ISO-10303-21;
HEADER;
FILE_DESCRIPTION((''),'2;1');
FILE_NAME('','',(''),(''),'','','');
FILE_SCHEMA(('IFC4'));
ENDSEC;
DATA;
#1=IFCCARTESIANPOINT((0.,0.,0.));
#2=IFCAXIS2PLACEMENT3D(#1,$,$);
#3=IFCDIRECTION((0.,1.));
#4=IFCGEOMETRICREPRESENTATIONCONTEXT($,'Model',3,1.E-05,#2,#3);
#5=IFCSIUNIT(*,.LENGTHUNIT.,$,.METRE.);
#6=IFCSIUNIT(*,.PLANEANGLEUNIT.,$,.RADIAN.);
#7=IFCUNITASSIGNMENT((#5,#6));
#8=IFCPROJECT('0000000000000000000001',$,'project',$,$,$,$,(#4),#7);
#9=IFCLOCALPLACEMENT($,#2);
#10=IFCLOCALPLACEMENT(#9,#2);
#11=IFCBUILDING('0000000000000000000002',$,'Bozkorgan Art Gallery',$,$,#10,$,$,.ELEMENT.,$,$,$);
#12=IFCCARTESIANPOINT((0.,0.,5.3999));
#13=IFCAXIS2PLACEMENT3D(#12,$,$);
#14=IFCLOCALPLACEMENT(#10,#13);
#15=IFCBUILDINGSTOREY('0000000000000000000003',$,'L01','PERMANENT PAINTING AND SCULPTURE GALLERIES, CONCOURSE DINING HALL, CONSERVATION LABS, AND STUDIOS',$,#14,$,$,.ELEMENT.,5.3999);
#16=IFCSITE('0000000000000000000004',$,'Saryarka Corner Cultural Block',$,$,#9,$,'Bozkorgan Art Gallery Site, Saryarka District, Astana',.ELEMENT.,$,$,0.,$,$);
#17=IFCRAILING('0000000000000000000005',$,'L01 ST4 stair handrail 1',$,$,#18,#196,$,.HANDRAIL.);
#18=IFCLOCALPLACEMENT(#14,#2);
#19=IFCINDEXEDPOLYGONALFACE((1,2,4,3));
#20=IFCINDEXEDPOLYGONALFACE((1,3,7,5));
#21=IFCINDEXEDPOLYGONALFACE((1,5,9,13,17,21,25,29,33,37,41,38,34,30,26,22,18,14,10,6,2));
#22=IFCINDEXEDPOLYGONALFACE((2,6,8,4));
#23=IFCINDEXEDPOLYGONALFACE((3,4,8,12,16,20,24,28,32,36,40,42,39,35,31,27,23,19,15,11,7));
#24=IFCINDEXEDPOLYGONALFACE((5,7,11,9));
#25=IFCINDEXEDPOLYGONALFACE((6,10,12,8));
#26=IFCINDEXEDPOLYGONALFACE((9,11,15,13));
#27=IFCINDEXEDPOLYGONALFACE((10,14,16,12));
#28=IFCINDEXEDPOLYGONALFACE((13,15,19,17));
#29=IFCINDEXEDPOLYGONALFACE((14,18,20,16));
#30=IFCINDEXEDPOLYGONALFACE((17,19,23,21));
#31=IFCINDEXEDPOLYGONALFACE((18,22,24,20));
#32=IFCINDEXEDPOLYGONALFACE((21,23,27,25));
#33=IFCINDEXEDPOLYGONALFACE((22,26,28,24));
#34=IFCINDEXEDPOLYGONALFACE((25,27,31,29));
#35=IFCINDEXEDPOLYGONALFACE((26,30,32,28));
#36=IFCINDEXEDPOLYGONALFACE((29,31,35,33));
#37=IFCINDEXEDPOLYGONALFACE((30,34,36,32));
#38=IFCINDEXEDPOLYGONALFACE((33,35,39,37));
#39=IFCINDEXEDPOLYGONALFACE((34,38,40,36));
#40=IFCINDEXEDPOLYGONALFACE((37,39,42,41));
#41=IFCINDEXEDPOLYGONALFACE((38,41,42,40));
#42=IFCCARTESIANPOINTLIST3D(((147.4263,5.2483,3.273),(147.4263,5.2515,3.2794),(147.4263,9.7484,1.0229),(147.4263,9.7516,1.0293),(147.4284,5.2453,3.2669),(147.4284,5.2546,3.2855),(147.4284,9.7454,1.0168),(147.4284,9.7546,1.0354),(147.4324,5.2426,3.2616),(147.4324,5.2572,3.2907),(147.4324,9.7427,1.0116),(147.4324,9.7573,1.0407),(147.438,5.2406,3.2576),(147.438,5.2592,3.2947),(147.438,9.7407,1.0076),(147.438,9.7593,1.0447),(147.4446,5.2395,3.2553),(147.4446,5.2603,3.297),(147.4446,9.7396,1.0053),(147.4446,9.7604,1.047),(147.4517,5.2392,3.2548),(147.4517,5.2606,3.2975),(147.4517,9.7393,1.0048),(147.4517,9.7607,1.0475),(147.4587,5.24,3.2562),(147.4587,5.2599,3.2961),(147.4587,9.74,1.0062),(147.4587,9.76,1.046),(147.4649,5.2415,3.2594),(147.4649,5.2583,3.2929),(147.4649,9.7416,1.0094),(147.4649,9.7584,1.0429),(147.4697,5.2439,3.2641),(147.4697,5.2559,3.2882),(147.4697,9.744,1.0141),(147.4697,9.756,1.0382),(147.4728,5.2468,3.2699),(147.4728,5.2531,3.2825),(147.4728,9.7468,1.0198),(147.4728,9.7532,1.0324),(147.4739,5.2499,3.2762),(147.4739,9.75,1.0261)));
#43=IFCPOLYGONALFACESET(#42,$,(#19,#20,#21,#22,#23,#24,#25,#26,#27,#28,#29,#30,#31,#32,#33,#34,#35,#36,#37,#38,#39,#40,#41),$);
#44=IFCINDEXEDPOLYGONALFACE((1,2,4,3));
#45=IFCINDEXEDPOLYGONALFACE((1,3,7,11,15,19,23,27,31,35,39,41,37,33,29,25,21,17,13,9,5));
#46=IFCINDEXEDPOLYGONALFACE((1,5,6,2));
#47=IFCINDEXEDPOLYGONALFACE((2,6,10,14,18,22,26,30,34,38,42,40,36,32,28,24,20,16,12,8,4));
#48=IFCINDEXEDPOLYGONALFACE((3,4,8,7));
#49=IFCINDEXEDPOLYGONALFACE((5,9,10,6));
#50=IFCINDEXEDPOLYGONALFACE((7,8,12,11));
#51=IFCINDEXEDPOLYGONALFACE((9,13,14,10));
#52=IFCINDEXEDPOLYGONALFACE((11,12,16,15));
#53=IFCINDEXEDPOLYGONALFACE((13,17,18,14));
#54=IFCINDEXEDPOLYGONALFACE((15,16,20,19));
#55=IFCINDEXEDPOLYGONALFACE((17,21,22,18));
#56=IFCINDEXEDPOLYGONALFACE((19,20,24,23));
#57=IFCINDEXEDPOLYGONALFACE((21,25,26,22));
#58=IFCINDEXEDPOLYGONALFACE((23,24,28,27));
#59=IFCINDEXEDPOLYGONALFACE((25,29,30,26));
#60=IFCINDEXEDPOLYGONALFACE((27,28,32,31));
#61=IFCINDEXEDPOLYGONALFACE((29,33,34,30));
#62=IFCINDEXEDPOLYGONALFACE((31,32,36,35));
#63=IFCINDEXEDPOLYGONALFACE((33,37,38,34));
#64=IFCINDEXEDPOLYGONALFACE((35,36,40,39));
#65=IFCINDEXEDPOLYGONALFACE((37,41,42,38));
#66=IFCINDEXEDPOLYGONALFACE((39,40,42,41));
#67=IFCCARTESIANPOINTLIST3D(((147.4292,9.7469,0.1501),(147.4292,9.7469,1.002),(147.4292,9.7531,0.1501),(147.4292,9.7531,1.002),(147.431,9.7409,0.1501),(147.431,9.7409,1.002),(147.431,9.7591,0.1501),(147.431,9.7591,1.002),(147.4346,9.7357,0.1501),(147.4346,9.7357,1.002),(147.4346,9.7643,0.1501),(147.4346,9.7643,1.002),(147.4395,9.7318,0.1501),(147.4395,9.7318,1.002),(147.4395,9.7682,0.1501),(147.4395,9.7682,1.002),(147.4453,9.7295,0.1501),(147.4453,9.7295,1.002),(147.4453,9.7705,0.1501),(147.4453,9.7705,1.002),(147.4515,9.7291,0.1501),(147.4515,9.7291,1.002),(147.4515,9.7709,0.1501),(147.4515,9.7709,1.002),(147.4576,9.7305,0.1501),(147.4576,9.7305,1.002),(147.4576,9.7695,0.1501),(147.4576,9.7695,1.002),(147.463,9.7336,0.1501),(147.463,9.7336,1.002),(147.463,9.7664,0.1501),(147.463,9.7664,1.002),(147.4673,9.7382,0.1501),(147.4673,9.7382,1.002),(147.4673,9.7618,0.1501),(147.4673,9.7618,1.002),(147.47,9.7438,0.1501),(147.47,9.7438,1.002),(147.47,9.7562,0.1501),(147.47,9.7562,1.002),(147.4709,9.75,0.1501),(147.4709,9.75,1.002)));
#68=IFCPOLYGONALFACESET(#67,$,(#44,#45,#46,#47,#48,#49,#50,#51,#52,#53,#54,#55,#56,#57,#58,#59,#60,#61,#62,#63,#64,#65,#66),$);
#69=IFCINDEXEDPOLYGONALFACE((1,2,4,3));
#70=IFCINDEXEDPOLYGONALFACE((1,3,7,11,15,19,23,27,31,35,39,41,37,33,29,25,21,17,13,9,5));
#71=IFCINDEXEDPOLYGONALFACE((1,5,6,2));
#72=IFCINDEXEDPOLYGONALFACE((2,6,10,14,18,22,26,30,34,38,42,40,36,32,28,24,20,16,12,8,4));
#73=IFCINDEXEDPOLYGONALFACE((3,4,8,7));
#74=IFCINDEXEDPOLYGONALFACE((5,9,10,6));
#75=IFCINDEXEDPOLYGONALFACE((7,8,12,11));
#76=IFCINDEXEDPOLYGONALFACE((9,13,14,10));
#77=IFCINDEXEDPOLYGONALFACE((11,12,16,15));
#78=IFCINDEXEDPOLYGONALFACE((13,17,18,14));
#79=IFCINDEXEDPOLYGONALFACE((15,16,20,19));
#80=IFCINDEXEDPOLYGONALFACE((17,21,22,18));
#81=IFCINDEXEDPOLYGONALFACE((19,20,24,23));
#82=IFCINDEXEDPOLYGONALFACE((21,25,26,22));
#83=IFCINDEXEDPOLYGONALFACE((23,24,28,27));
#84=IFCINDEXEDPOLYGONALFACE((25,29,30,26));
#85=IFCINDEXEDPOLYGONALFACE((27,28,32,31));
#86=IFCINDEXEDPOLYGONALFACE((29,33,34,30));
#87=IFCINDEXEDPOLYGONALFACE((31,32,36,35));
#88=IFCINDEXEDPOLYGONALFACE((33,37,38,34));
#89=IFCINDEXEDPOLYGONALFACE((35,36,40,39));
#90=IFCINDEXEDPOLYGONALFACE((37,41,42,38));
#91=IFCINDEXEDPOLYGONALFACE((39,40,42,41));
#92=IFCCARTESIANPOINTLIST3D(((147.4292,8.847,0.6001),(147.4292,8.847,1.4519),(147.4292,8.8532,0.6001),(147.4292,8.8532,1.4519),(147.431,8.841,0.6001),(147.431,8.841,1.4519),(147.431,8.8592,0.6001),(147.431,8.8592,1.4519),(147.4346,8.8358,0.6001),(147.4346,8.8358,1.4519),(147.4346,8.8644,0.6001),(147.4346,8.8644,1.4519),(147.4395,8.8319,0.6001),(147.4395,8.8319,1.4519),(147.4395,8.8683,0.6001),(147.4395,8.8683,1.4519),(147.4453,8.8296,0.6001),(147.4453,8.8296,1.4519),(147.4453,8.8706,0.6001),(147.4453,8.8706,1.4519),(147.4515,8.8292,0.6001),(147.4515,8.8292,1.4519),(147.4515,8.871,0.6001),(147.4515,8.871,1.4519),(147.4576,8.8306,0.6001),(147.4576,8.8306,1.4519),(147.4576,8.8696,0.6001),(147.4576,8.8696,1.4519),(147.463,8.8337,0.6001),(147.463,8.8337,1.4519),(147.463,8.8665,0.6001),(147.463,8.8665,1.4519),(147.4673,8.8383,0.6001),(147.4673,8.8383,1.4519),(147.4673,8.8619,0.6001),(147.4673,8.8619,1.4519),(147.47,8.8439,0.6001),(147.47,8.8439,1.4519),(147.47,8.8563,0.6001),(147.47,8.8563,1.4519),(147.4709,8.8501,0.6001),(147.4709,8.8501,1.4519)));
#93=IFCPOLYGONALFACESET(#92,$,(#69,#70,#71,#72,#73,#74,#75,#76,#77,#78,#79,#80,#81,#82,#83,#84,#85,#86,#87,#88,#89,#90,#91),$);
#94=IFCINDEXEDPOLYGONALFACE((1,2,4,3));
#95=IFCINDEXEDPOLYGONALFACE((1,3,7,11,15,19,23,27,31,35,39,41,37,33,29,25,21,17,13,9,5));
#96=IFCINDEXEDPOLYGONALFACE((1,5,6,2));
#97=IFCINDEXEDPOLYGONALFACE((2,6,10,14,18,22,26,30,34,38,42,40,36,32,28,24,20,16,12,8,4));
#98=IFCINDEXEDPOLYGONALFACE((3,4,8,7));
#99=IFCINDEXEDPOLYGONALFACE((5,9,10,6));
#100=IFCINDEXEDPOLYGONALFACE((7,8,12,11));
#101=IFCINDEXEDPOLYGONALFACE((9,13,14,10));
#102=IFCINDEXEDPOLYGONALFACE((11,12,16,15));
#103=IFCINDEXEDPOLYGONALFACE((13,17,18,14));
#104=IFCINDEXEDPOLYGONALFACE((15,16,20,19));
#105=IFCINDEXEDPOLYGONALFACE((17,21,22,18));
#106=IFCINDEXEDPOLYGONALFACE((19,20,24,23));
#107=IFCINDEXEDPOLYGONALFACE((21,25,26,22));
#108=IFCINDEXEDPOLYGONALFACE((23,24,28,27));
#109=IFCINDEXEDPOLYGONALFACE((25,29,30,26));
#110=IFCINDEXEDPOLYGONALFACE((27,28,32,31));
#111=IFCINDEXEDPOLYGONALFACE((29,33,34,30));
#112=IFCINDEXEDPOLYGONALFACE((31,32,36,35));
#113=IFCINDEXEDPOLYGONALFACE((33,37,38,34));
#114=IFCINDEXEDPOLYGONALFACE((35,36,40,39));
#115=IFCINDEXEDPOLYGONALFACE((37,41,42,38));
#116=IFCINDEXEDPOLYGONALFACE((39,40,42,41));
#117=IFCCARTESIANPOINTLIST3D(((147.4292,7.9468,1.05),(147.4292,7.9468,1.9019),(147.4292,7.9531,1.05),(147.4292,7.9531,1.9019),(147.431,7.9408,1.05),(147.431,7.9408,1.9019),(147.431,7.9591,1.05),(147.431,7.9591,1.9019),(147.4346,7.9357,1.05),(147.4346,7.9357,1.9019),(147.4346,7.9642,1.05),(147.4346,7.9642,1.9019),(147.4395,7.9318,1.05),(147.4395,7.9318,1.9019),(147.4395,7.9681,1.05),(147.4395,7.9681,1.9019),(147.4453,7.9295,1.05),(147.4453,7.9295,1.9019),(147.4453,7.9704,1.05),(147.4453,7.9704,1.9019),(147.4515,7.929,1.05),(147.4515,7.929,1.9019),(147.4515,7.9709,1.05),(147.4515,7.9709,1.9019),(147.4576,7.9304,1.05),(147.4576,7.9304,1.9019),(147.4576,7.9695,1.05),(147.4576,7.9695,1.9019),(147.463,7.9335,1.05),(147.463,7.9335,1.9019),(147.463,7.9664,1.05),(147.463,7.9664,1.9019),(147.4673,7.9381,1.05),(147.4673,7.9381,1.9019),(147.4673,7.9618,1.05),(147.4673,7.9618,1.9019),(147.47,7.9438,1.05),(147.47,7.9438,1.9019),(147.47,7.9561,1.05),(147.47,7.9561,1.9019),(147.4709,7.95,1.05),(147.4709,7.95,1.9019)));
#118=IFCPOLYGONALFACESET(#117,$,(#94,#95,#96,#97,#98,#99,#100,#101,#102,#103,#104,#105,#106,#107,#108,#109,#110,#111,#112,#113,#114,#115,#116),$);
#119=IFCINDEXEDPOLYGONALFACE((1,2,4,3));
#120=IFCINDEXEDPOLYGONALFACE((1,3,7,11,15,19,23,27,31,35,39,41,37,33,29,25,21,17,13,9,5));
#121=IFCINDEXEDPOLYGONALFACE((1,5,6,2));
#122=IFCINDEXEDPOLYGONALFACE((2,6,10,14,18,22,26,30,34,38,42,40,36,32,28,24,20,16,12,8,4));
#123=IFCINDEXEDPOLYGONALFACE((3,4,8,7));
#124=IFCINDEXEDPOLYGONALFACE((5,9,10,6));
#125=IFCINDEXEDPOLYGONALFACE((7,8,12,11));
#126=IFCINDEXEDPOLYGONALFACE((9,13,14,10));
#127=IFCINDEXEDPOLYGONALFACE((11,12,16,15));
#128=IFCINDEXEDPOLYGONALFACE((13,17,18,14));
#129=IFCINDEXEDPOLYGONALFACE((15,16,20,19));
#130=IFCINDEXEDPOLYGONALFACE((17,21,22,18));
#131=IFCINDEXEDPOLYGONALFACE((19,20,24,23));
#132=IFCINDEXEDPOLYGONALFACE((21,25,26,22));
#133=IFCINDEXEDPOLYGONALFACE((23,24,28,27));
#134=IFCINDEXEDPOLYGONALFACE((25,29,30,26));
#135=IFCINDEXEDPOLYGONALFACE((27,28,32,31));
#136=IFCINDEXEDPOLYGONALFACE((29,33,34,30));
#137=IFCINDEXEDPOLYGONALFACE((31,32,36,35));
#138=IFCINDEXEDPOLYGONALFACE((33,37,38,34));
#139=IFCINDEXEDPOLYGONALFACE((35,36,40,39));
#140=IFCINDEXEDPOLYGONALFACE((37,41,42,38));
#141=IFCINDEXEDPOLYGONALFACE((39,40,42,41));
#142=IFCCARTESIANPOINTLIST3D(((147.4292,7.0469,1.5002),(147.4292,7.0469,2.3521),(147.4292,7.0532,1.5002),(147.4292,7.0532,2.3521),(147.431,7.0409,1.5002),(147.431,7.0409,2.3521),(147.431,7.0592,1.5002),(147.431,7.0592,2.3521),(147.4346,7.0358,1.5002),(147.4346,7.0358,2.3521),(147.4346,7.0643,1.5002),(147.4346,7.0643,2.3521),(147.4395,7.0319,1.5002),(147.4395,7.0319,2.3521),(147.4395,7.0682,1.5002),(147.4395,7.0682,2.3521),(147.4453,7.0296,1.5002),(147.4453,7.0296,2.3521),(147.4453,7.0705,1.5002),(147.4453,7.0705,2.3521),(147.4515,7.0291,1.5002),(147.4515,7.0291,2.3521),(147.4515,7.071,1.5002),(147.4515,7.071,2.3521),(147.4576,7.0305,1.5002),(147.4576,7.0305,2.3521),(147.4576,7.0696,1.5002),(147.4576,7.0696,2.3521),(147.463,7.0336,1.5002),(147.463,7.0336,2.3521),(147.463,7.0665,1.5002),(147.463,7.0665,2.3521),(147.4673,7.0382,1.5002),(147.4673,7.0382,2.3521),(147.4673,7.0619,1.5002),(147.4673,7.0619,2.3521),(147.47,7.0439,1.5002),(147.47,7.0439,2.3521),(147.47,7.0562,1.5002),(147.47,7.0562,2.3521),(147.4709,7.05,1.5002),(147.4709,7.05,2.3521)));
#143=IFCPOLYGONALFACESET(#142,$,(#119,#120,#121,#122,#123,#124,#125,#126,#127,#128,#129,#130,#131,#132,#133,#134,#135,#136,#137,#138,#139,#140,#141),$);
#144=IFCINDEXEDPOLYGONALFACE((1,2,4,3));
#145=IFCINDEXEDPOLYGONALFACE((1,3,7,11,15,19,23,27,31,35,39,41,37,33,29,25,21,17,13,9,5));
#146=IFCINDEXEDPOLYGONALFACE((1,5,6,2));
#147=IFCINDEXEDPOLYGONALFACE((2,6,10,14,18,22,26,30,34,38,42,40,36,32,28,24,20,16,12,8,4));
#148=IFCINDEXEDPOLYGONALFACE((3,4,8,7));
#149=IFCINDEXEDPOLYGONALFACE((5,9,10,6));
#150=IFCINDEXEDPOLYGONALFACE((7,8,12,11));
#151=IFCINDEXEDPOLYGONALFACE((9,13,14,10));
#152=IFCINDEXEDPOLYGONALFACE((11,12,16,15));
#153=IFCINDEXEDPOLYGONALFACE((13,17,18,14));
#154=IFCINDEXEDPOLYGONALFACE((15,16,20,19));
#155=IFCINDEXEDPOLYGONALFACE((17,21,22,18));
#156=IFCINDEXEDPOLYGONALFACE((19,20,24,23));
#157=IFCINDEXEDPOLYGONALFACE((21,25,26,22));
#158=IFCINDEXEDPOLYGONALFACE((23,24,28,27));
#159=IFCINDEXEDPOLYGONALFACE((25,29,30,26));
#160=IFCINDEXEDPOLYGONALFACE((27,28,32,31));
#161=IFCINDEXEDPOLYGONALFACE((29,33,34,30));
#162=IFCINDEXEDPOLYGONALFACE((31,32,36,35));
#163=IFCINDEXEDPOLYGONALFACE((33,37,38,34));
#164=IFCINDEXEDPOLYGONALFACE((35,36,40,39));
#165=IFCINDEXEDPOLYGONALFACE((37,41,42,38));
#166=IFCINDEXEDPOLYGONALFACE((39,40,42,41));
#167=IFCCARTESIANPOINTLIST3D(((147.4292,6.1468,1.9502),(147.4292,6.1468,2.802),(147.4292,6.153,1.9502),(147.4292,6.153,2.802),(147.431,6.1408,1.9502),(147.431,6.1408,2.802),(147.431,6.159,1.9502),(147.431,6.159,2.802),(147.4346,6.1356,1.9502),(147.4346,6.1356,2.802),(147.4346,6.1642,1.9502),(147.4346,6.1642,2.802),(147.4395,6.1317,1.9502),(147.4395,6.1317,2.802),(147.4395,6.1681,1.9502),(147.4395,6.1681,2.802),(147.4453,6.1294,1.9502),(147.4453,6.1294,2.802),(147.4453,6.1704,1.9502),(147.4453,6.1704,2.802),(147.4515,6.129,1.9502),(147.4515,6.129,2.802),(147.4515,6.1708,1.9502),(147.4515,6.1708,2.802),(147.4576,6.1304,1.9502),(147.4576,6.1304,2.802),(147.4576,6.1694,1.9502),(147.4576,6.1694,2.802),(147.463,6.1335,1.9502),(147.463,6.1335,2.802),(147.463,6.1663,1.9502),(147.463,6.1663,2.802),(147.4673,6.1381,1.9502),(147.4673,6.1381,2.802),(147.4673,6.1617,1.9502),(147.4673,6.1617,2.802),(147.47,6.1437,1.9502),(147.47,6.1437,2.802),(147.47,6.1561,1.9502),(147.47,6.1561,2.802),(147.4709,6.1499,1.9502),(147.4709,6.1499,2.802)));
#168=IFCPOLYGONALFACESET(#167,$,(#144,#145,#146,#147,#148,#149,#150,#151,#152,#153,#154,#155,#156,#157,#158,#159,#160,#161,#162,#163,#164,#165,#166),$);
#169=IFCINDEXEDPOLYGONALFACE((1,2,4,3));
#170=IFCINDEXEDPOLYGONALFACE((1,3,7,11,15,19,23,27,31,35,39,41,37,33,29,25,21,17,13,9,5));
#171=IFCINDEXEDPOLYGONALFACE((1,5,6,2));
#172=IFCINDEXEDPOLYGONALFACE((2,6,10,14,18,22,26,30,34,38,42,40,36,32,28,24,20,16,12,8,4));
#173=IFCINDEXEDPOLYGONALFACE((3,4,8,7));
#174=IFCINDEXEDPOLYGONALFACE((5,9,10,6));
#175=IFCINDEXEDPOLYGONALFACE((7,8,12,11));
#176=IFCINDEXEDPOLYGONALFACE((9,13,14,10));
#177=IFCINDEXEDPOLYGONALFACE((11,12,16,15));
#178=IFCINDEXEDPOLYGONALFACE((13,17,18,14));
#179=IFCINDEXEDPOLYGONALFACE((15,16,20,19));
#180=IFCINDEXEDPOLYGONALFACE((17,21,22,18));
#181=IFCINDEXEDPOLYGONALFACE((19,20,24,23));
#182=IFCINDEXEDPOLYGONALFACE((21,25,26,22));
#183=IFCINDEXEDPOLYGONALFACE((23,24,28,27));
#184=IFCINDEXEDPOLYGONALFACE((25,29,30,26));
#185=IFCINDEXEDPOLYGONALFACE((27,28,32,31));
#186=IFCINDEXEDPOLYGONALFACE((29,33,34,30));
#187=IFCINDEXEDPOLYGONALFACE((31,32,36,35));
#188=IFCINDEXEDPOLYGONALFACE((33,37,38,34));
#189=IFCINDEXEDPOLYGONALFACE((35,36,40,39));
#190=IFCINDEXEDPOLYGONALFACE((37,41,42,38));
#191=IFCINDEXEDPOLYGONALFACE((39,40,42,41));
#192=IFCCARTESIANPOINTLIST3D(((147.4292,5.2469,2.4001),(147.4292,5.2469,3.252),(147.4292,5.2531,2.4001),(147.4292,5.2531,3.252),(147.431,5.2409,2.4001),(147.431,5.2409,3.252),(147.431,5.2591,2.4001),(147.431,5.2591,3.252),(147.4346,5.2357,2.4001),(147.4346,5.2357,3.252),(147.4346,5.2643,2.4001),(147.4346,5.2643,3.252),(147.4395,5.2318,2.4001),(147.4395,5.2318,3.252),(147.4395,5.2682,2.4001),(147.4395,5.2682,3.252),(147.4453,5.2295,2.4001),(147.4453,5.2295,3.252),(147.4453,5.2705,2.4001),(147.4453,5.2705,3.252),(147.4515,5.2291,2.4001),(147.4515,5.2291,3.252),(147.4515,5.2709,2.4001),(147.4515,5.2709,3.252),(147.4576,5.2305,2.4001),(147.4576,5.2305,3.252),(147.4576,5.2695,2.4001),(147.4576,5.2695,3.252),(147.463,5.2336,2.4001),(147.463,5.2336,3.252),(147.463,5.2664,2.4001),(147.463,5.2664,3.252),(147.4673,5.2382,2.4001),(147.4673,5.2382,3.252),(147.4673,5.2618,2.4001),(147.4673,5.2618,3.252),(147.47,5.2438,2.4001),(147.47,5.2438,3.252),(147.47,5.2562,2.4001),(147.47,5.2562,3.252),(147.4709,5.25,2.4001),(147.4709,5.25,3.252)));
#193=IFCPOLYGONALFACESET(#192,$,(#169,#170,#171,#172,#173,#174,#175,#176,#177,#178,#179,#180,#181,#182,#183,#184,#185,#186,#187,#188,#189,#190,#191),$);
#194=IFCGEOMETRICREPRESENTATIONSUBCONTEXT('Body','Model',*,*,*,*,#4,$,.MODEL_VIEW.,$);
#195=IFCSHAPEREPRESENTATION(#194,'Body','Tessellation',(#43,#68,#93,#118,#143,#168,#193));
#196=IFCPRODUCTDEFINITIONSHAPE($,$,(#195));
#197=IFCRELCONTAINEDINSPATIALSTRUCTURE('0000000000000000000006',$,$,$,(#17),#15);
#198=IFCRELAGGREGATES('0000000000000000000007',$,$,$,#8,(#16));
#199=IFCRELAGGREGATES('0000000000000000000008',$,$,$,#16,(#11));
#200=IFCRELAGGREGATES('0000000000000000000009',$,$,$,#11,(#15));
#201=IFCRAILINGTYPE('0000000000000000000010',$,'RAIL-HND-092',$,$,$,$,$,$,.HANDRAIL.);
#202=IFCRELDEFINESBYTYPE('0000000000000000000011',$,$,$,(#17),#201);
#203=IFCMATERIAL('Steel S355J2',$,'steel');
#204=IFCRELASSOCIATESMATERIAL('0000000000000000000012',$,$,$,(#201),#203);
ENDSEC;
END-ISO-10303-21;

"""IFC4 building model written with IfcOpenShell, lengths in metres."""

from ifc_helpers import new_model, si_unit, direction, frame, origin, origin_2d, place, context, subcontext, project, spatial, circle, extrude, material, type_object, element, save


model = new_model("IFC4")

# Units and contexts
model_context = context("Model", 3, precision=1e-05, world=origin(), true_north=direction((0.0, 1.0)))
body_context = subcontext(model_context, "Body", "Model", "MODEL_VIEW")
ifc_project = project(units=[si_unit("LENGTHUNIT", "METRE"), si_unit("PLANEANGLEUNIT", "RADIAN")], contexts=[model_context])

# Site, building, storey
site_placement = place(None, origin())
site = spatial("IfcSite", under=ifc_project, at=site_placement, Name="Saryarka Corner Cultural Block", LongName="Bozkorgan Art Gallery Site, Saryarka District, Astana", CompositionType="ELEMENT", RefElevation=0.0)
building_placement = place(site_placement, origin())
building = spatial("IfcBuilding", under=site, at=building_placement, Name="Bozkorgan Art Gallery", CompositionType="ELEMENT")
storey_placement = place(building_placement, frame((0.0, 0.0, 5.3999)))
storey = spatial("IfcBuildingStorey", under=building, at=storey_placement, Name="L01", Description="PERMANENT PAINTING AND SCULPTURE GALLERIES, CONCOURSE DINING HALL, CONSERVATION LABS, AND STUDIOS", CompositionType="ELEMENT", Elevation=5.3999)

# Shared definitions
ifc_material_1 = material(Name="Steel S355J2", Category="steel")

# Railing
railing_type_1 = type_object("IfcRailingType", Name="RAIL-HND-092", PredefinedType="HANDRAIL", material=ifc_material_1)
railing_1_placement = place(storey_placement, frame((147.45, 9.75, 0.1501)))
element("IfcRailing", 1, at=railing_1_placement, inside=storey, type_object=railing_type_1, Name="L01 ST4 stair handrail 1", PredefinedType="HANDRAIL", context=body_context, shape_type="SweptSolid", body=[
    extrude(circle(Radius=0.0239, at=origin_2d()), frame((0.0, 0.0, 0.876), z_axis=(0.0, -0.894427, 0.447214), x_axis=(1.0, 0.0, 0.0)), (0.0, 0.0, 1.0), 5.0312),
    extrude(circle(Radius=0.021, at=origin_2d()), origin(), (0.0, 0.0, 1.0), 0.8518),
    extrude(circle(Radius=0.021, at=origin_2d()), frame((0.0, -0.8999, 0.45)), (0.0, 0.0, 1.0), 0.8518),
    extrude(circle(Radius=0.021, at=origin_2d()), frame((0.0, -1.8, 0.8999)), (0.0, 0.0, 1.0), 0.8518),
    extrude(circle(Radius=0.021, at=origin_2d()), frame((0.0, -2.7, 1.3501)), (0.0, 0.0, 1.0), 0.8518),
    extrude(circle(Radius=0.021, at=origin_2d()), frame((0.0, -3.6001, 1.8)), (0.0, 0.0, 1.0), 0.8518),
    extrude(circle(Radius=0.021, at=origin_2d()), frame((0.0, -4.5, 2.25)), (0.0, 0.0, 1.0), 0.8518),
])

save(model, "model.ifc")
